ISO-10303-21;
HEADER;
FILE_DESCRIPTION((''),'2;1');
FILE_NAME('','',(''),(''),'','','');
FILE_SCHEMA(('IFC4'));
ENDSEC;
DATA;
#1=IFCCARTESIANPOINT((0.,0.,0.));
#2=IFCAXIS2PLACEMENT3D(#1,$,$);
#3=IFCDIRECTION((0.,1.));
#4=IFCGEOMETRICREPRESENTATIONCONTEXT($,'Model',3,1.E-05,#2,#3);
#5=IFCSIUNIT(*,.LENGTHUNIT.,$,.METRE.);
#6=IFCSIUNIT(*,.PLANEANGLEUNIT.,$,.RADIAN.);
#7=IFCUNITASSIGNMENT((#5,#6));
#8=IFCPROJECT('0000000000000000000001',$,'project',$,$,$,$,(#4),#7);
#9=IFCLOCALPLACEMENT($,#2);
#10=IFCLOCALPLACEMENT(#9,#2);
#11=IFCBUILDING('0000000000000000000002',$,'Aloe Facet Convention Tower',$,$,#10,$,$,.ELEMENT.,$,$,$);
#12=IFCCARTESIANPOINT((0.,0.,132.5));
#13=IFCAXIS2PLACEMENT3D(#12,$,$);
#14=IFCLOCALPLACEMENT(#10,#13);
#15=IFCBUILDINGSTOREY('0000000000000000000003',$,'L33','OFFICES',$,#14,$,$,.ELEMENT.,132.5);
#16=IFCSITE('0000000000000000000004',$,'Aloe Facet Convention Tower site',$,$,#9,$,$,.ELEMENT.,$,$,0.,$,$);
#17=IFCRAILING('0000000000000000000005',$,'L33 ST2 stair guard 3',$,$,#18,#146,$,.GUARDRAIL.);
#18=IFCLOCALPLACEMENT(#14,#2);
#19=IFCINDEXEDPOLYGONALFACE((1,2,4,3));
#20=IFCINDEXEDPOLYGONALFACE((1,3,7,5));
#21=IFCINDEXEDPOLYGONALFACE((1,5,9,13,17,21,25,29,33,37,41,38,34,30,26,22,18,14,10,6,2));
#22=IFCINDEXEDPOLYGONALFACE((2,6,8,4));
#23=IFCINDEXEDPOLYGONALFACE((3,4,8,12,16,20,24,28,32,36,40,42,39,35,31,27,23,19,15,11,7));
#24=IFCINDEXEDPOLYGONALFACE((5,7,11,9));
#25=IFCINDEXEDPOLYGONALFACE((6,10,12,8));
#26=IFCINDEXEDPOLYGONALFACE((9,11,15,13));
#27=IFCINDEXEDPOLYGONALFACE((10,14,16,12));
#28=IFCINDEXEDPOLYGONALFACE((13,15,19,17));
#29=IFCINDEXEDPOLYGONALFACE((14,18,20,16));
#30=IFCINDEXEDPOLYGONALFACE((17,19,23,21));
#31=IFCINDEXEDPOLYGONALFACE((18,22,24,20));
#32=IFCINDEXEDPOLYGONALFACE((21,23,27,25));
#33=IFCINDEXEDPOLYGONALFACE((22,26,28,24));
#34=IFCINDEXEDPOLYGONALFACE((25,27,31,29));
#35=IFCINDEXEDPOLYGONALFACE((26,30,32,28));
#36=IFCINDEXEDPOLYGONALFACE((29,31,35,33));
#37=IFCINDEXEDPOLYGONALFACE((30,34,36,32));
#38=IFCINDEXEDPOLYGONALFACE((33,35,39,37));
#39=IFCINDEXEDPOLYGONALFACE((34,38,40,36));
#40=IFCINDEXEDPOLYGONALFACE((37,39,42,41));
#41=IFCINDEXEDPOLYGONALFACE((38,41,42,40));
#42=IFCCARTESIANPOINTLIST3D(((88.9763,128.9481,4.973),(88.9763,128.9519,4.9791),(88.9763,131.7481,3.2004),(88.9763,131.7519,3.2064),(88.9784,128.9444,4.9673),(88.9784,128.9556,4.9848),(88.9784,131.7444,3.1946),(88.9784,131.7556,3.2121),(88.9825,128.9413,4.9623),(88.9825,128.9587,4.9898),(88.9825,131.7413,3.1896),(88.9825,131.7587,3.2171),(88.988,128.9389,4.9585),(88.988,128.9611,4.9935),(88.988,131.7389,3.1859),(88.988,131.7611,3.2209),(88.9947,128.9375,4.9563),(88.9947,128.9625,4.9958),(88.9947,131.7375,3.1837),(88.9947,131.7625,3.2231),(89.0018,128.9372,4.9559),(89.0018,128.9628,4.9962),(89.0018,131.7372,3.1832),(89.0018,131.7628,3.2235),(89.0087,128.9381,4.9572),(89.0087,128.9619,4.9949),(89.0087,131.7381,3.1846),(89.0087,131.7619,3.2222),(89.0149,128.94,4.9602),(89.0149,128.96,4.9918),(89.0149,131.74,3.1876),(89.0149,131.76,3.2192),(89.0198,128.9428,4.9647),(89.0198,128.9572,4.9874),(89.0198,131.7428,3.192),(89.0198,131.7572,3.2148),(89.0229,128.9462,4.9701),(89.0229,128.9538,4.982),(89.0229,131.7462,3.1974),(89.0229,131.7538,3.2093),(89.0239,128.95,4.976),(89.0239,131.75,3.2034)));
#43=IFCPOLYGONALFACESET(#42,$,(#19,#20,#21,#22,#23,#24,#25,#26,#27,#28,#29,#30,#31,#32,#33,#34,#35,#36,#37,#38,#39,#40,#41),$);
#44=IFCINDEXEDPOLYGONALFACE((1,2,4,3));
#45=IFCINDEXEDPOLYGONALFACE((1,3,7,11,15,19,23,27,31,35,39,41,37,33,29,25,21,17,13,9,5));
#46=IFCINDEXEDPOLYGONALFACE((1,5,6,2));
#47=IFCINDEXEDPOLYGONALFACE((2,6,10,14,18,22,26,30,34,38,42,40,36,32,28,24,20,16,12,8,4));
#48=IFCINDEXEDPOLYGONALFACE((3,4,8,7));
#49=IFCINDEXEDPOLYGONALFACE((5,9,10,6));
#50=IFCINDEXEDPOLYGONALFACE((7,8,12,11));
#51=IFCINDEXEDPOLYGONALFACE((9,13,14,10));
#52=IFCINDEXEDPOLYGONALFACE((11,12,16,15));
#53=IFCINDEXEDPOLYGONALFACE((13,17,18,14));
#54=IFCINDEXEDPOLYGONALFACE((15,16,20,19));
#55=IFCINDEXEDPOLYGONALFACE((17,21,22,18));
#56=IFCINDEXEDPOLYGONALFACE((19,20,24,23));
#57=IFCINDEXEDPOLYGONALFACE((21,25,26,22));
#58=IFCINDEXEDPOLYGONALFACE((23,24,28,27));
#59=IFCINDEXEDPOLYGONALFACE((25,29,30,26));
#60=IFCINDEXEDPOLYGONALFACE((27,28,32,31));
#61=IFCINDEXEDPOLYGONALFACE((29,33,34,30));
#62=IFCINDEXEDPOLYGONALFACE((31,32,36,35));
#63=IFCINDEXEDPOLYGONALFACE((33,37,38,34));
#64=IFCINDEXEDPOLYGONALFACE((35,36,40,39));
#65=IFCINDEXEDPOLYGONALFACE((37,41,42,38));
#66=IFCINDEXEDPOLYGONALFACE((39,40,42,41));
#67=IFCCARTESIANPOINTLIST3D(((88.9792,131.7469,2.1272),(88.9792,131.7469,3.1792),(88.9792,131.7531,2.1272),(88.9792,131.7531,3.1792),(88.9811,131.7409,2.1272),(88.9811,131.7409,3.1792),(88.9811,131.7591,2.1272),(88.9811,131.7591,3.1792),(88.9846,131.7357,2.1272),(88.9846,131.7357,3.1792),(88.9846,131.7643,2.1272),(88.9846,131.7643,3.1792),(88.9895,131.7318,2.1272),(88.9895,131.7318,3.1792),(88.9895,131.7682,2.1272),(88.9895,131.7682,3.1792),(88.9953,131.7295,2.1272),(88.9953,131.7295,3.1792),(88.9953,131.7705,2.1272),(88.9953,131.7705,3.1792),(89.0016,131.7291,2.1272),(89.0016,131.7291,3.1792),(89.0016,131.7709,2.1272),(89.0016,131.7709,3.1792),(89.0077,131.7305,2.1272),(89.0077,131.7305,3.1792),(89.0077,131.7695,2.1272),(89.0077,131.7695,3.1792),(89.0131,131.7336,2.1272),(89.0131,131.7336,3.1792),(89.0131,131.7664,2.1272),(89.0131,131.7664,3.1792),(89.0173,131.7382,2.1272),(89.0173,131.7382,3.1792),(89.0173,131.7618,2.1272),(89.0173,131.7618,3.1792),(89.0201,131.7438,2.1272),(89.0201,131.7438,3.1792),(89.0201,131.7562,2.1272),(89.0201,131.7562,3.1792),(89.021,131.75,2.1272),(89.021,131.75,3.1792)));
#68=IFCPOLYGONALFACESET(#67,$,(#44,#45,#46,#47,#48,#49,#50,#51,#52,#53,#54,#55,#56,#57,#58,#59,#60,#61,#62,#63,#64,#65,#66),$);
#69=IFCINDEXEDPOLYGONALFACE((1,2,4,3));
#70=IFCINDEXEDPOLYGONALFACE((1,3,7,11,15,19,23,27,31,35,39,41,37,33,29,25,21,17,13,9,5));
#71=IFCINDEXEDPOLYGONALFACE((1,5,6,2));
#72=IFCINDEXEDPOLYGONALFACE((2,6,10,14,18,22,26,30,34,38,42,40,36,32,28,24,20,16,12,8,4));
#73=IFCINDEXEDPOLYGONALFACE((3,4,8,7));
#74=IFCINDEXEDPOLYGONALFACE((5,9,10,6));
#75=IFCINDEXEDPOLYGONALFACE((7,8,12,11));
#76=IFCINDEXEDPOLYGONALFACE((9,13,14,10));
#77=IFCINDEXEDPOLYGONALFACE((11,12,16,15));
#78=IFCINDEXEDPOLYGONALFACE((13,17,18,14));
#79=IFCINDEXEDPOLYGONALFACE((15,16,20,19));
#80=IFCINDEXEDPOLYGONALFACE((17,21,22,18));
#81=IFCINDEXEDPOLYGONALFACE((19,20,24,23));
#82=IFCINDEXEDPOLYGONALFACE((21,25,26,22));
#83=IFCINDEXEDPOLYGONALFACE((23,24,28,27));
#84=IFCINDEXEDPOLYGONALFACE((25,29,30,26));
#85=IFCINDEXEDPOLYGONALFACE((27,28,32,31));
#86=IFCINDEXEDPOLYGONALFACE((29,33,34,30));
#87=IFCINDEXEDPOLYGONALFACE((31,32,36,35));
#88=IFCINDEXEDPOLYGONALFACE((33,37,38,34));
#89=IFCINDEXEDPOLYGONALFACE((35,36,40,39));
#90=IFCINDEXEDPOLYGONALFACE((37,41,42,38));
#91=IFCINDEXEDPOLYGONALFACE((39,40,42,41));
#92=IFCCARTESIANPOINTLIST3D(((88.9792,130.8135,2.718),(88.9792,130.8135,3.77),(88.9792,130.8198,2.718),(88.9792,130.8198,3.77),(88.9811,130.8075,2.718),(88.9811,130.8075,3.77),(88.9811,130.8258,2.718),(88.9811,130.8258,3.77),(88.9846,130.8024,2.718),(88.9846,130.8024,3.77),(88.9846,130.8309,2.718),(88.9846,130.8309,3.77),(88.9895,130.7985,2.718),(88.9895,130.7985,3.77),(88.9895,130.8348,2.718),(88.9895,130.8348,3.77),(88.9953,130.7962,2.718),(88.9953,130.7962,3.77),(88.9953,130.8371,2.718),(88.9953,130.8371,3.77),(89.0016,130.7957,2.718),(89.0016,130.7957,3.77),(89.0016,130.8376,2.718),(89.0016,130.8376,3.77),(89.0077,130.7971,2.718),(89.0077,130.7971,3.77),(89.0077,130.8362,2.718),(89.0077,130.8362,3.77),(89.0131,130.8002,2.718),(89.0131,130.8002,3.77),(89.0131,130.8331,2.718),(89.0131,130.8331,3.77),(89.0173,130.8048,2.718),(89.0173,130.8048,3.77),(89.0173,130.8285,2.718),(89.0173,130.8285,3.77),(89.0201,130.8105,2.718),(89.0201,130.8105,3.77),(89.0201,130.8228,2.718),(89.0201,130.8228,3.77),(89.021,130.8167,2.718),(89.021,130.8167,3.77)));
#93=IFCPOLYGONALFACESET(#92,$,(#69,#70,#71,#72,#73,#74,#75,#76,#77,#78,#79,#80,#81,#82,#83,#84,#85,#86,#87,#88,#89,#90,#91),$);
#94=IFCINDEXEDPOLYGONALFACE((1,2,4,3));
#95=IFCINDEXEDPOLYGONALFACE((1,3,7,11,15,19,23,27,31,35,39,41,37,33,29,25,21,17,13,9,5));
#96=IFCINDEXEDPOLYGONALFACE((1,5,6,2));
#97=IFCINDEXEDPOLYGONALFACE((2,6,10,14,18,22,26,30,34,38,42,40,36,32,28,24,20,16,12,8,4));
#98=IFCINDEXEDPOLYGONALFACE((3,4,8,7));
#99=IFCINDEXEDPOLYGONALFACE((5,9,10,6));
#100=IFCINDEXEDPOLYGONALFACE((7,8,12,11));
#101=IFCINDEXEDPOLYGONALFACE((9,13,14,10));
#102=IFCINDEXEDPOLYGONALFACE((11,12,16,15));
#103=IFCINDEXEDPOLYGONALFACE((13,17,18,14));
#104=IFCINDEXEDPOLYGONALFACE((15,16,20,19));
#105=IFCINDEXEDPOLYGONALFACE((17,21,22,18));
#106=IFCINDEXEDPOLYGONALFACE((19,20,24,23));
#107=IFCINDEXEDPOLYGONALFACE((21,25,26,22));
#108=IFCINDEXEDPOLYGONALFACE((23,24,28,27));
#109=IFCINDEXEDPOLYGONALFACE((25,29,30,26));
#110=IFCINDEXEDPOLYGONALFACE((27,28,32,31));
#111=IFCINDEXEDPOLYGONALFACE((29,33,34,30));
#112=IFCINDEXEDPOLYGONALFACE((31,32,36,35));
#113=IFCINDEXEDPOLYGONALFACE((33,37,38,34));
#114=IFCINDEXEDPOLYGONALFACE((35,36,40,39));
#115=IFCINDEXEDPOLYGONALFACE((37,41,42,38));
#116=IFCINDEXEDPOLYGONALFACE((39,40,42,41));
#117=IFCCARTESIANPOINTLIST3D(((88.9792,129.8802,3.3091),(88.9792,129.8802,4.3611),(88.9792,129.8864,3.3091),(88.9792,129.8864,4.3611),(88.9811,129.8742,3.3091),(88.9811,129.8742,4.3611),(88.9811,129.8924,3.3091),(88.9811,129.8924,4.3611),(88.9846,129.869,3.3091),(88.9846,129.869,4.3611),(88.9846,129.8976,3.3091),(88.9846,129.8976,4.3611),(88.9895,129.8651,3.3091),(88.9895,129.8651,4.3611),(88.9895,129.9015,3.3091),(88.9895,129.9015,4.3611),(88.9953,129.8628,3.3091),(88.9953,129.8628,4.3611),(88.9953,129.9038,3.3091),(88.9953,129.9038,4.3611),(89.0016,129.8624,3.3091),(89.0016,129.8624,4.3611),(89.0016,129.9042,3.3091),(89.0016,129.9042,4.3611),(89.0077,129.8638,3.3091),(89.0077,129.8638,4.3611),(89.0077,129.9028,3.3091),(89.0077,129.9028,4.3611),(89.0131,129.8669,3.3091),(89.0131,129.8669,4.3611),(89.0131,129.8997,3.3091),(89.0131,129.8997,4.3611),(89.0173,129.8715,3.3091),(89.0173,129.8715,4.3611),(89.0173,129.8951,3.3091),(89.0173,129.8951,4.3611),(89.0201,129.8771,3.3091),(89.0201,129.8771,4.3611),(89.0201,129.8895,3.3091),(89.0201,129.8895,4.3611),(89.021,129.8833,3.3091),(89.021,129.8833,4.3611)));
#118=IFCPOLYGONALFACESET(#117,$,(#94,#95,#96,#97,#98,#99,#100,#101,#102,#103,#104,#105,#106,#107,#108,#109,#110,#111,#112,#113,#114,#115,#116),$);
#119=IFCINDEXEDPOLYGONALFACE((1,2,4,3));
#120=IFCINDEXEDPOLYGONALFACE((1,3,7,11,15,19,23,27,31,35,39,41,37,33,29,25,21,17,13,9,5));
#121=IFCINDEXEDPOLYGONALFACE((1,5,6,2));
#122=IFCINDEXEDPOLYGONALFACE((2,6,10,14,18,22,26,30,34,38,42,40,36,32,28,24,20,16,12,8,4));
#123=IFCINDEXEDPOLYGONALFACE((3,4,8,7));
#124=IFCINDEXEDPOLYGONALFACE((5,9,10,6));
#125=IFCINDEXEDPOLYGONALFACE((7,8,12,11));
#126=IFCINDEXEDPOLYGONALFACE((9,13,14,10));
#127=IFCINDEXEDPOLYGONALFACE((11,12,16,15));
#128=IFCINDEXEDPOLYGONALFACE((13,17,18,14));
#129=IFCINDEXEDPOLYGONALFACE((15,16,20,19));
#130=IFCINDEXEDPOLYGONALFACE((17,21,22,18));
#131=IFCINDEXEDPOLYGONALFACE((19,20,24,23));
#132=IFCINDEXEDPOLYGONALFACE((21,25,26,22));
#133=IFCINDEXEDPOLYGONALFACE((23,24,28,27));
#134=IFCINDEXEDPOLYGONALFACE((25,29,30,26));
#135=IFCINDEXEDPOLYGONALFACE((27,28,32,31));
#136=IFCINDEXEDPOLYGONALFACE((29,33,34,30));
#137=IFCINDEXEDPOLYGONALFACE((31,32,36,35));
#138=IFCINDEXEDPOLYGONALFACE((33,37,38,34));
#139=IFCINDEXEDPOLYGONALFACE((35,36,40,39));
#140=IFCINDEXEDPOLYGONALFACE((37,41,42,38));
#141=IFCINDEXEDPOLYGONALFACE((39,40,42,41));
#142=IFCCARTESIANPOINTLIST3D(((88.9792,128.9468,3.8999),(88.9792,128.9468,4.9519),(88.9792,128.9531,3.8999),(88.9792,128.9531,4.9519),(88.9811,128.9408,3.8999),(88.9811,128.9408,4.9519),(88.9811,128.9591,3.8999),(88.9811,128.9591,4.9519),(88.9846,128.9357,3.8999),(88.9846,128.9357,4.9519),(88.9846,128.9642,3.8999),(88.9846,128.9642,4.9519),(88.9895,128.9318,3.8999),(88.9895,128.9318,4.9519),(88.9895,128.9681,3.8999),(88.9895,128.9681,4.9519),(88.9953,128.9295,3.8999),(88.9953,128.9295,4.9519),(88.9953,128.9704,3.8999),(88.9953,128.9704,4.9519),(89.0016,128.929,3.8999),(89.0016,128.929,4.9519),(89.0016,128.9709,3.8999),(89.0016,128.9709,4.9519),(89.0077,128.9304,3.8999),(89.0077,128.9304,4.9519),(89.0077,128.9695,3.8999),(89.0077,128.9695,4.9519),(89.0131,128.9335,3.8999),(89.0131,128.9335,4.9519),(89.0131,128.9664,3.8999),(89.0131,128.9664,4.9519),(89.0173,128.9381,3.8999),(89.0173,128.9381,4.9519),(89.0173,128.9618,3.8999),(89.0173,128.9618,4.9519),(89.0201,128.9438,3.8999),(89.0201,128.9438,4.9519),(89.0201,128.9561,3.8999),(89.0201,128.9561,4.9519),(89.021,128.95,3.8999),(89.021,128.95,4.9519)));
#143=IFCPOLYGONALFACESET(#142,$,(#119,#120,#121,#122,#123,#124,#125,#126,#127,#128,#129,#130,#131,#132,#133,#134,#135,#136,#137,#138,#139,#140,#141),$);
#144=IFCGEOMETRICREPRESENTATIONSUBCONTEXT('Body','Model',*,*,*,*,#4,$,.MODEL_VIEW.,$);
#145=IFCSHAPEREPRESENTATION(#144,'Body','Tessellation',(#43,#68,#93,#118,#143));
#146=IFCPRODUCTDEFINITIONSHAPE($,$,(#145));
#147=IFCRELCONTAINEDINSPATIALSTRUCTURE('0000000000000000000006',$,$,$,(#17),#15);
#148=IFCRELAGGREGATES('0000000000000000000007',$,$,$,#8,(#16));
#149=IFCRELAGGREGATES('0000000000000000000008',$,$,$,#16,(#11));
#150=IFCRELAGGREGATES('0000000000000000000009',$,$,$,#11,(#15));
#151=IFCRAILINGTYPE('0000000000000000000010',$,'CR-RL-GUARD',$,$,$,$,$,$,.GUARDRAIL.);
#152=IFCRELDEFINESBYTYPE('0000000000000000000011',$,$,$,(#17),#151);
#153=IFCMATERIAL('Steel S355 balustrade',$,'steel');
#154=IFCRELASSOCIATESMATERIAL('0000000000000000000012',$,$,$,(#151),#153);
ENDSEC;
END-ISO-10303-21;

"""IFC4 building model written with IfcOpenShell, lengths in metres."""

from ifc_helpers import new_model, si_unit, direction, frame, origin, origin_2d, place, context, subcontext, project, spatial, circle, extrude, material, type_object, element, save


model = new_model("IFC4")

# Units and contexts
model_context = context("Model", 3, precision=1e-05, world=origin(), true_north=direction((0.0, 1.0)))
body_context = subcontext(model_context, "Body", "Model", "MODEL_VIEW")
ifc_project = project(units=[si_unit("LENGTHUNIT", "METRE"), si_unit("PLANEANGLEUNIT", "RADIAN")], contexts=[model_context])

# Site, building, storey
site_placement = place(None, origin())
site = spatial("IfcSite", under=ifc_project, at=site_placement, Name="Aloe Facet Convention Tower site", CompositionType="ELEMENT", RefElevation=0.0)
building_placement = place(site_placement, origin())
building = spatial("IfcBuilding", under=site, at=building_placement, Name="Aloe Facet Convention Tower", CompositionType="ELEMENT")
storey_placement = place(building_placement, frame((0.0, 0.0, 132.5)))
storey = spatial("IfcBuildingStorey", under=building, at=storey_placement, Name="L33", Description="OFFICES", CompositionType="ELEMENT", Elevation=132.5)

# Railing
ifc_material_1 = material(Name="Steel S355 balustrade", Category="steel")
railing_type_1 = type_object("IfcRailingType", Name="CR-RL-GUARD", PredefinedType="GUARDRAIL", material=ifc_material_1)
railing_1_placement = place(storey_placement, frame((89.0, 131.75, 2.1272)))
element("IfcRailing", 1, at=railing_1_placement, inside=storey, type_object=railing_type_1, Name="L33 ST2 stair guard 3", PredefinedType="GUARDRAIL", context=body_context, shape_type="SweptSolid", body=[
    extrude(circle(Radius=0.0239, at=origin_2d()), frame((0.0, 0.0, 1.0762), z_axis=(0.0, -0.844909, 0.53491), x_axis=(1.0, 0.0, 0.0)), (0.0, 0.0, 1.0), 3.314),
    extrude(circle(Radius=0.021, at=origin_2d()), origin(), (0.0, 0.0, 1.0), 1.052),
    extrude(circle(Radius=0.021, at=origin_2d()), frame((0.0, -0.9333, 0.5908)), (0.0, 0.0, 1.0), 1.052),
    extrude(circle(Radius=0.021, at=origin_2d()), frame((0.0, -1.8667, 1.1819)), (0.0, 0.0, 1.0), 1.052),
    extrude(circle(Radius=0.021, at=origin_2d()), frame((0.0, -2.8, 1.7727)), (0.0, 0.0, 1.0), 1.052),
])

save(model, "model.ifc")
